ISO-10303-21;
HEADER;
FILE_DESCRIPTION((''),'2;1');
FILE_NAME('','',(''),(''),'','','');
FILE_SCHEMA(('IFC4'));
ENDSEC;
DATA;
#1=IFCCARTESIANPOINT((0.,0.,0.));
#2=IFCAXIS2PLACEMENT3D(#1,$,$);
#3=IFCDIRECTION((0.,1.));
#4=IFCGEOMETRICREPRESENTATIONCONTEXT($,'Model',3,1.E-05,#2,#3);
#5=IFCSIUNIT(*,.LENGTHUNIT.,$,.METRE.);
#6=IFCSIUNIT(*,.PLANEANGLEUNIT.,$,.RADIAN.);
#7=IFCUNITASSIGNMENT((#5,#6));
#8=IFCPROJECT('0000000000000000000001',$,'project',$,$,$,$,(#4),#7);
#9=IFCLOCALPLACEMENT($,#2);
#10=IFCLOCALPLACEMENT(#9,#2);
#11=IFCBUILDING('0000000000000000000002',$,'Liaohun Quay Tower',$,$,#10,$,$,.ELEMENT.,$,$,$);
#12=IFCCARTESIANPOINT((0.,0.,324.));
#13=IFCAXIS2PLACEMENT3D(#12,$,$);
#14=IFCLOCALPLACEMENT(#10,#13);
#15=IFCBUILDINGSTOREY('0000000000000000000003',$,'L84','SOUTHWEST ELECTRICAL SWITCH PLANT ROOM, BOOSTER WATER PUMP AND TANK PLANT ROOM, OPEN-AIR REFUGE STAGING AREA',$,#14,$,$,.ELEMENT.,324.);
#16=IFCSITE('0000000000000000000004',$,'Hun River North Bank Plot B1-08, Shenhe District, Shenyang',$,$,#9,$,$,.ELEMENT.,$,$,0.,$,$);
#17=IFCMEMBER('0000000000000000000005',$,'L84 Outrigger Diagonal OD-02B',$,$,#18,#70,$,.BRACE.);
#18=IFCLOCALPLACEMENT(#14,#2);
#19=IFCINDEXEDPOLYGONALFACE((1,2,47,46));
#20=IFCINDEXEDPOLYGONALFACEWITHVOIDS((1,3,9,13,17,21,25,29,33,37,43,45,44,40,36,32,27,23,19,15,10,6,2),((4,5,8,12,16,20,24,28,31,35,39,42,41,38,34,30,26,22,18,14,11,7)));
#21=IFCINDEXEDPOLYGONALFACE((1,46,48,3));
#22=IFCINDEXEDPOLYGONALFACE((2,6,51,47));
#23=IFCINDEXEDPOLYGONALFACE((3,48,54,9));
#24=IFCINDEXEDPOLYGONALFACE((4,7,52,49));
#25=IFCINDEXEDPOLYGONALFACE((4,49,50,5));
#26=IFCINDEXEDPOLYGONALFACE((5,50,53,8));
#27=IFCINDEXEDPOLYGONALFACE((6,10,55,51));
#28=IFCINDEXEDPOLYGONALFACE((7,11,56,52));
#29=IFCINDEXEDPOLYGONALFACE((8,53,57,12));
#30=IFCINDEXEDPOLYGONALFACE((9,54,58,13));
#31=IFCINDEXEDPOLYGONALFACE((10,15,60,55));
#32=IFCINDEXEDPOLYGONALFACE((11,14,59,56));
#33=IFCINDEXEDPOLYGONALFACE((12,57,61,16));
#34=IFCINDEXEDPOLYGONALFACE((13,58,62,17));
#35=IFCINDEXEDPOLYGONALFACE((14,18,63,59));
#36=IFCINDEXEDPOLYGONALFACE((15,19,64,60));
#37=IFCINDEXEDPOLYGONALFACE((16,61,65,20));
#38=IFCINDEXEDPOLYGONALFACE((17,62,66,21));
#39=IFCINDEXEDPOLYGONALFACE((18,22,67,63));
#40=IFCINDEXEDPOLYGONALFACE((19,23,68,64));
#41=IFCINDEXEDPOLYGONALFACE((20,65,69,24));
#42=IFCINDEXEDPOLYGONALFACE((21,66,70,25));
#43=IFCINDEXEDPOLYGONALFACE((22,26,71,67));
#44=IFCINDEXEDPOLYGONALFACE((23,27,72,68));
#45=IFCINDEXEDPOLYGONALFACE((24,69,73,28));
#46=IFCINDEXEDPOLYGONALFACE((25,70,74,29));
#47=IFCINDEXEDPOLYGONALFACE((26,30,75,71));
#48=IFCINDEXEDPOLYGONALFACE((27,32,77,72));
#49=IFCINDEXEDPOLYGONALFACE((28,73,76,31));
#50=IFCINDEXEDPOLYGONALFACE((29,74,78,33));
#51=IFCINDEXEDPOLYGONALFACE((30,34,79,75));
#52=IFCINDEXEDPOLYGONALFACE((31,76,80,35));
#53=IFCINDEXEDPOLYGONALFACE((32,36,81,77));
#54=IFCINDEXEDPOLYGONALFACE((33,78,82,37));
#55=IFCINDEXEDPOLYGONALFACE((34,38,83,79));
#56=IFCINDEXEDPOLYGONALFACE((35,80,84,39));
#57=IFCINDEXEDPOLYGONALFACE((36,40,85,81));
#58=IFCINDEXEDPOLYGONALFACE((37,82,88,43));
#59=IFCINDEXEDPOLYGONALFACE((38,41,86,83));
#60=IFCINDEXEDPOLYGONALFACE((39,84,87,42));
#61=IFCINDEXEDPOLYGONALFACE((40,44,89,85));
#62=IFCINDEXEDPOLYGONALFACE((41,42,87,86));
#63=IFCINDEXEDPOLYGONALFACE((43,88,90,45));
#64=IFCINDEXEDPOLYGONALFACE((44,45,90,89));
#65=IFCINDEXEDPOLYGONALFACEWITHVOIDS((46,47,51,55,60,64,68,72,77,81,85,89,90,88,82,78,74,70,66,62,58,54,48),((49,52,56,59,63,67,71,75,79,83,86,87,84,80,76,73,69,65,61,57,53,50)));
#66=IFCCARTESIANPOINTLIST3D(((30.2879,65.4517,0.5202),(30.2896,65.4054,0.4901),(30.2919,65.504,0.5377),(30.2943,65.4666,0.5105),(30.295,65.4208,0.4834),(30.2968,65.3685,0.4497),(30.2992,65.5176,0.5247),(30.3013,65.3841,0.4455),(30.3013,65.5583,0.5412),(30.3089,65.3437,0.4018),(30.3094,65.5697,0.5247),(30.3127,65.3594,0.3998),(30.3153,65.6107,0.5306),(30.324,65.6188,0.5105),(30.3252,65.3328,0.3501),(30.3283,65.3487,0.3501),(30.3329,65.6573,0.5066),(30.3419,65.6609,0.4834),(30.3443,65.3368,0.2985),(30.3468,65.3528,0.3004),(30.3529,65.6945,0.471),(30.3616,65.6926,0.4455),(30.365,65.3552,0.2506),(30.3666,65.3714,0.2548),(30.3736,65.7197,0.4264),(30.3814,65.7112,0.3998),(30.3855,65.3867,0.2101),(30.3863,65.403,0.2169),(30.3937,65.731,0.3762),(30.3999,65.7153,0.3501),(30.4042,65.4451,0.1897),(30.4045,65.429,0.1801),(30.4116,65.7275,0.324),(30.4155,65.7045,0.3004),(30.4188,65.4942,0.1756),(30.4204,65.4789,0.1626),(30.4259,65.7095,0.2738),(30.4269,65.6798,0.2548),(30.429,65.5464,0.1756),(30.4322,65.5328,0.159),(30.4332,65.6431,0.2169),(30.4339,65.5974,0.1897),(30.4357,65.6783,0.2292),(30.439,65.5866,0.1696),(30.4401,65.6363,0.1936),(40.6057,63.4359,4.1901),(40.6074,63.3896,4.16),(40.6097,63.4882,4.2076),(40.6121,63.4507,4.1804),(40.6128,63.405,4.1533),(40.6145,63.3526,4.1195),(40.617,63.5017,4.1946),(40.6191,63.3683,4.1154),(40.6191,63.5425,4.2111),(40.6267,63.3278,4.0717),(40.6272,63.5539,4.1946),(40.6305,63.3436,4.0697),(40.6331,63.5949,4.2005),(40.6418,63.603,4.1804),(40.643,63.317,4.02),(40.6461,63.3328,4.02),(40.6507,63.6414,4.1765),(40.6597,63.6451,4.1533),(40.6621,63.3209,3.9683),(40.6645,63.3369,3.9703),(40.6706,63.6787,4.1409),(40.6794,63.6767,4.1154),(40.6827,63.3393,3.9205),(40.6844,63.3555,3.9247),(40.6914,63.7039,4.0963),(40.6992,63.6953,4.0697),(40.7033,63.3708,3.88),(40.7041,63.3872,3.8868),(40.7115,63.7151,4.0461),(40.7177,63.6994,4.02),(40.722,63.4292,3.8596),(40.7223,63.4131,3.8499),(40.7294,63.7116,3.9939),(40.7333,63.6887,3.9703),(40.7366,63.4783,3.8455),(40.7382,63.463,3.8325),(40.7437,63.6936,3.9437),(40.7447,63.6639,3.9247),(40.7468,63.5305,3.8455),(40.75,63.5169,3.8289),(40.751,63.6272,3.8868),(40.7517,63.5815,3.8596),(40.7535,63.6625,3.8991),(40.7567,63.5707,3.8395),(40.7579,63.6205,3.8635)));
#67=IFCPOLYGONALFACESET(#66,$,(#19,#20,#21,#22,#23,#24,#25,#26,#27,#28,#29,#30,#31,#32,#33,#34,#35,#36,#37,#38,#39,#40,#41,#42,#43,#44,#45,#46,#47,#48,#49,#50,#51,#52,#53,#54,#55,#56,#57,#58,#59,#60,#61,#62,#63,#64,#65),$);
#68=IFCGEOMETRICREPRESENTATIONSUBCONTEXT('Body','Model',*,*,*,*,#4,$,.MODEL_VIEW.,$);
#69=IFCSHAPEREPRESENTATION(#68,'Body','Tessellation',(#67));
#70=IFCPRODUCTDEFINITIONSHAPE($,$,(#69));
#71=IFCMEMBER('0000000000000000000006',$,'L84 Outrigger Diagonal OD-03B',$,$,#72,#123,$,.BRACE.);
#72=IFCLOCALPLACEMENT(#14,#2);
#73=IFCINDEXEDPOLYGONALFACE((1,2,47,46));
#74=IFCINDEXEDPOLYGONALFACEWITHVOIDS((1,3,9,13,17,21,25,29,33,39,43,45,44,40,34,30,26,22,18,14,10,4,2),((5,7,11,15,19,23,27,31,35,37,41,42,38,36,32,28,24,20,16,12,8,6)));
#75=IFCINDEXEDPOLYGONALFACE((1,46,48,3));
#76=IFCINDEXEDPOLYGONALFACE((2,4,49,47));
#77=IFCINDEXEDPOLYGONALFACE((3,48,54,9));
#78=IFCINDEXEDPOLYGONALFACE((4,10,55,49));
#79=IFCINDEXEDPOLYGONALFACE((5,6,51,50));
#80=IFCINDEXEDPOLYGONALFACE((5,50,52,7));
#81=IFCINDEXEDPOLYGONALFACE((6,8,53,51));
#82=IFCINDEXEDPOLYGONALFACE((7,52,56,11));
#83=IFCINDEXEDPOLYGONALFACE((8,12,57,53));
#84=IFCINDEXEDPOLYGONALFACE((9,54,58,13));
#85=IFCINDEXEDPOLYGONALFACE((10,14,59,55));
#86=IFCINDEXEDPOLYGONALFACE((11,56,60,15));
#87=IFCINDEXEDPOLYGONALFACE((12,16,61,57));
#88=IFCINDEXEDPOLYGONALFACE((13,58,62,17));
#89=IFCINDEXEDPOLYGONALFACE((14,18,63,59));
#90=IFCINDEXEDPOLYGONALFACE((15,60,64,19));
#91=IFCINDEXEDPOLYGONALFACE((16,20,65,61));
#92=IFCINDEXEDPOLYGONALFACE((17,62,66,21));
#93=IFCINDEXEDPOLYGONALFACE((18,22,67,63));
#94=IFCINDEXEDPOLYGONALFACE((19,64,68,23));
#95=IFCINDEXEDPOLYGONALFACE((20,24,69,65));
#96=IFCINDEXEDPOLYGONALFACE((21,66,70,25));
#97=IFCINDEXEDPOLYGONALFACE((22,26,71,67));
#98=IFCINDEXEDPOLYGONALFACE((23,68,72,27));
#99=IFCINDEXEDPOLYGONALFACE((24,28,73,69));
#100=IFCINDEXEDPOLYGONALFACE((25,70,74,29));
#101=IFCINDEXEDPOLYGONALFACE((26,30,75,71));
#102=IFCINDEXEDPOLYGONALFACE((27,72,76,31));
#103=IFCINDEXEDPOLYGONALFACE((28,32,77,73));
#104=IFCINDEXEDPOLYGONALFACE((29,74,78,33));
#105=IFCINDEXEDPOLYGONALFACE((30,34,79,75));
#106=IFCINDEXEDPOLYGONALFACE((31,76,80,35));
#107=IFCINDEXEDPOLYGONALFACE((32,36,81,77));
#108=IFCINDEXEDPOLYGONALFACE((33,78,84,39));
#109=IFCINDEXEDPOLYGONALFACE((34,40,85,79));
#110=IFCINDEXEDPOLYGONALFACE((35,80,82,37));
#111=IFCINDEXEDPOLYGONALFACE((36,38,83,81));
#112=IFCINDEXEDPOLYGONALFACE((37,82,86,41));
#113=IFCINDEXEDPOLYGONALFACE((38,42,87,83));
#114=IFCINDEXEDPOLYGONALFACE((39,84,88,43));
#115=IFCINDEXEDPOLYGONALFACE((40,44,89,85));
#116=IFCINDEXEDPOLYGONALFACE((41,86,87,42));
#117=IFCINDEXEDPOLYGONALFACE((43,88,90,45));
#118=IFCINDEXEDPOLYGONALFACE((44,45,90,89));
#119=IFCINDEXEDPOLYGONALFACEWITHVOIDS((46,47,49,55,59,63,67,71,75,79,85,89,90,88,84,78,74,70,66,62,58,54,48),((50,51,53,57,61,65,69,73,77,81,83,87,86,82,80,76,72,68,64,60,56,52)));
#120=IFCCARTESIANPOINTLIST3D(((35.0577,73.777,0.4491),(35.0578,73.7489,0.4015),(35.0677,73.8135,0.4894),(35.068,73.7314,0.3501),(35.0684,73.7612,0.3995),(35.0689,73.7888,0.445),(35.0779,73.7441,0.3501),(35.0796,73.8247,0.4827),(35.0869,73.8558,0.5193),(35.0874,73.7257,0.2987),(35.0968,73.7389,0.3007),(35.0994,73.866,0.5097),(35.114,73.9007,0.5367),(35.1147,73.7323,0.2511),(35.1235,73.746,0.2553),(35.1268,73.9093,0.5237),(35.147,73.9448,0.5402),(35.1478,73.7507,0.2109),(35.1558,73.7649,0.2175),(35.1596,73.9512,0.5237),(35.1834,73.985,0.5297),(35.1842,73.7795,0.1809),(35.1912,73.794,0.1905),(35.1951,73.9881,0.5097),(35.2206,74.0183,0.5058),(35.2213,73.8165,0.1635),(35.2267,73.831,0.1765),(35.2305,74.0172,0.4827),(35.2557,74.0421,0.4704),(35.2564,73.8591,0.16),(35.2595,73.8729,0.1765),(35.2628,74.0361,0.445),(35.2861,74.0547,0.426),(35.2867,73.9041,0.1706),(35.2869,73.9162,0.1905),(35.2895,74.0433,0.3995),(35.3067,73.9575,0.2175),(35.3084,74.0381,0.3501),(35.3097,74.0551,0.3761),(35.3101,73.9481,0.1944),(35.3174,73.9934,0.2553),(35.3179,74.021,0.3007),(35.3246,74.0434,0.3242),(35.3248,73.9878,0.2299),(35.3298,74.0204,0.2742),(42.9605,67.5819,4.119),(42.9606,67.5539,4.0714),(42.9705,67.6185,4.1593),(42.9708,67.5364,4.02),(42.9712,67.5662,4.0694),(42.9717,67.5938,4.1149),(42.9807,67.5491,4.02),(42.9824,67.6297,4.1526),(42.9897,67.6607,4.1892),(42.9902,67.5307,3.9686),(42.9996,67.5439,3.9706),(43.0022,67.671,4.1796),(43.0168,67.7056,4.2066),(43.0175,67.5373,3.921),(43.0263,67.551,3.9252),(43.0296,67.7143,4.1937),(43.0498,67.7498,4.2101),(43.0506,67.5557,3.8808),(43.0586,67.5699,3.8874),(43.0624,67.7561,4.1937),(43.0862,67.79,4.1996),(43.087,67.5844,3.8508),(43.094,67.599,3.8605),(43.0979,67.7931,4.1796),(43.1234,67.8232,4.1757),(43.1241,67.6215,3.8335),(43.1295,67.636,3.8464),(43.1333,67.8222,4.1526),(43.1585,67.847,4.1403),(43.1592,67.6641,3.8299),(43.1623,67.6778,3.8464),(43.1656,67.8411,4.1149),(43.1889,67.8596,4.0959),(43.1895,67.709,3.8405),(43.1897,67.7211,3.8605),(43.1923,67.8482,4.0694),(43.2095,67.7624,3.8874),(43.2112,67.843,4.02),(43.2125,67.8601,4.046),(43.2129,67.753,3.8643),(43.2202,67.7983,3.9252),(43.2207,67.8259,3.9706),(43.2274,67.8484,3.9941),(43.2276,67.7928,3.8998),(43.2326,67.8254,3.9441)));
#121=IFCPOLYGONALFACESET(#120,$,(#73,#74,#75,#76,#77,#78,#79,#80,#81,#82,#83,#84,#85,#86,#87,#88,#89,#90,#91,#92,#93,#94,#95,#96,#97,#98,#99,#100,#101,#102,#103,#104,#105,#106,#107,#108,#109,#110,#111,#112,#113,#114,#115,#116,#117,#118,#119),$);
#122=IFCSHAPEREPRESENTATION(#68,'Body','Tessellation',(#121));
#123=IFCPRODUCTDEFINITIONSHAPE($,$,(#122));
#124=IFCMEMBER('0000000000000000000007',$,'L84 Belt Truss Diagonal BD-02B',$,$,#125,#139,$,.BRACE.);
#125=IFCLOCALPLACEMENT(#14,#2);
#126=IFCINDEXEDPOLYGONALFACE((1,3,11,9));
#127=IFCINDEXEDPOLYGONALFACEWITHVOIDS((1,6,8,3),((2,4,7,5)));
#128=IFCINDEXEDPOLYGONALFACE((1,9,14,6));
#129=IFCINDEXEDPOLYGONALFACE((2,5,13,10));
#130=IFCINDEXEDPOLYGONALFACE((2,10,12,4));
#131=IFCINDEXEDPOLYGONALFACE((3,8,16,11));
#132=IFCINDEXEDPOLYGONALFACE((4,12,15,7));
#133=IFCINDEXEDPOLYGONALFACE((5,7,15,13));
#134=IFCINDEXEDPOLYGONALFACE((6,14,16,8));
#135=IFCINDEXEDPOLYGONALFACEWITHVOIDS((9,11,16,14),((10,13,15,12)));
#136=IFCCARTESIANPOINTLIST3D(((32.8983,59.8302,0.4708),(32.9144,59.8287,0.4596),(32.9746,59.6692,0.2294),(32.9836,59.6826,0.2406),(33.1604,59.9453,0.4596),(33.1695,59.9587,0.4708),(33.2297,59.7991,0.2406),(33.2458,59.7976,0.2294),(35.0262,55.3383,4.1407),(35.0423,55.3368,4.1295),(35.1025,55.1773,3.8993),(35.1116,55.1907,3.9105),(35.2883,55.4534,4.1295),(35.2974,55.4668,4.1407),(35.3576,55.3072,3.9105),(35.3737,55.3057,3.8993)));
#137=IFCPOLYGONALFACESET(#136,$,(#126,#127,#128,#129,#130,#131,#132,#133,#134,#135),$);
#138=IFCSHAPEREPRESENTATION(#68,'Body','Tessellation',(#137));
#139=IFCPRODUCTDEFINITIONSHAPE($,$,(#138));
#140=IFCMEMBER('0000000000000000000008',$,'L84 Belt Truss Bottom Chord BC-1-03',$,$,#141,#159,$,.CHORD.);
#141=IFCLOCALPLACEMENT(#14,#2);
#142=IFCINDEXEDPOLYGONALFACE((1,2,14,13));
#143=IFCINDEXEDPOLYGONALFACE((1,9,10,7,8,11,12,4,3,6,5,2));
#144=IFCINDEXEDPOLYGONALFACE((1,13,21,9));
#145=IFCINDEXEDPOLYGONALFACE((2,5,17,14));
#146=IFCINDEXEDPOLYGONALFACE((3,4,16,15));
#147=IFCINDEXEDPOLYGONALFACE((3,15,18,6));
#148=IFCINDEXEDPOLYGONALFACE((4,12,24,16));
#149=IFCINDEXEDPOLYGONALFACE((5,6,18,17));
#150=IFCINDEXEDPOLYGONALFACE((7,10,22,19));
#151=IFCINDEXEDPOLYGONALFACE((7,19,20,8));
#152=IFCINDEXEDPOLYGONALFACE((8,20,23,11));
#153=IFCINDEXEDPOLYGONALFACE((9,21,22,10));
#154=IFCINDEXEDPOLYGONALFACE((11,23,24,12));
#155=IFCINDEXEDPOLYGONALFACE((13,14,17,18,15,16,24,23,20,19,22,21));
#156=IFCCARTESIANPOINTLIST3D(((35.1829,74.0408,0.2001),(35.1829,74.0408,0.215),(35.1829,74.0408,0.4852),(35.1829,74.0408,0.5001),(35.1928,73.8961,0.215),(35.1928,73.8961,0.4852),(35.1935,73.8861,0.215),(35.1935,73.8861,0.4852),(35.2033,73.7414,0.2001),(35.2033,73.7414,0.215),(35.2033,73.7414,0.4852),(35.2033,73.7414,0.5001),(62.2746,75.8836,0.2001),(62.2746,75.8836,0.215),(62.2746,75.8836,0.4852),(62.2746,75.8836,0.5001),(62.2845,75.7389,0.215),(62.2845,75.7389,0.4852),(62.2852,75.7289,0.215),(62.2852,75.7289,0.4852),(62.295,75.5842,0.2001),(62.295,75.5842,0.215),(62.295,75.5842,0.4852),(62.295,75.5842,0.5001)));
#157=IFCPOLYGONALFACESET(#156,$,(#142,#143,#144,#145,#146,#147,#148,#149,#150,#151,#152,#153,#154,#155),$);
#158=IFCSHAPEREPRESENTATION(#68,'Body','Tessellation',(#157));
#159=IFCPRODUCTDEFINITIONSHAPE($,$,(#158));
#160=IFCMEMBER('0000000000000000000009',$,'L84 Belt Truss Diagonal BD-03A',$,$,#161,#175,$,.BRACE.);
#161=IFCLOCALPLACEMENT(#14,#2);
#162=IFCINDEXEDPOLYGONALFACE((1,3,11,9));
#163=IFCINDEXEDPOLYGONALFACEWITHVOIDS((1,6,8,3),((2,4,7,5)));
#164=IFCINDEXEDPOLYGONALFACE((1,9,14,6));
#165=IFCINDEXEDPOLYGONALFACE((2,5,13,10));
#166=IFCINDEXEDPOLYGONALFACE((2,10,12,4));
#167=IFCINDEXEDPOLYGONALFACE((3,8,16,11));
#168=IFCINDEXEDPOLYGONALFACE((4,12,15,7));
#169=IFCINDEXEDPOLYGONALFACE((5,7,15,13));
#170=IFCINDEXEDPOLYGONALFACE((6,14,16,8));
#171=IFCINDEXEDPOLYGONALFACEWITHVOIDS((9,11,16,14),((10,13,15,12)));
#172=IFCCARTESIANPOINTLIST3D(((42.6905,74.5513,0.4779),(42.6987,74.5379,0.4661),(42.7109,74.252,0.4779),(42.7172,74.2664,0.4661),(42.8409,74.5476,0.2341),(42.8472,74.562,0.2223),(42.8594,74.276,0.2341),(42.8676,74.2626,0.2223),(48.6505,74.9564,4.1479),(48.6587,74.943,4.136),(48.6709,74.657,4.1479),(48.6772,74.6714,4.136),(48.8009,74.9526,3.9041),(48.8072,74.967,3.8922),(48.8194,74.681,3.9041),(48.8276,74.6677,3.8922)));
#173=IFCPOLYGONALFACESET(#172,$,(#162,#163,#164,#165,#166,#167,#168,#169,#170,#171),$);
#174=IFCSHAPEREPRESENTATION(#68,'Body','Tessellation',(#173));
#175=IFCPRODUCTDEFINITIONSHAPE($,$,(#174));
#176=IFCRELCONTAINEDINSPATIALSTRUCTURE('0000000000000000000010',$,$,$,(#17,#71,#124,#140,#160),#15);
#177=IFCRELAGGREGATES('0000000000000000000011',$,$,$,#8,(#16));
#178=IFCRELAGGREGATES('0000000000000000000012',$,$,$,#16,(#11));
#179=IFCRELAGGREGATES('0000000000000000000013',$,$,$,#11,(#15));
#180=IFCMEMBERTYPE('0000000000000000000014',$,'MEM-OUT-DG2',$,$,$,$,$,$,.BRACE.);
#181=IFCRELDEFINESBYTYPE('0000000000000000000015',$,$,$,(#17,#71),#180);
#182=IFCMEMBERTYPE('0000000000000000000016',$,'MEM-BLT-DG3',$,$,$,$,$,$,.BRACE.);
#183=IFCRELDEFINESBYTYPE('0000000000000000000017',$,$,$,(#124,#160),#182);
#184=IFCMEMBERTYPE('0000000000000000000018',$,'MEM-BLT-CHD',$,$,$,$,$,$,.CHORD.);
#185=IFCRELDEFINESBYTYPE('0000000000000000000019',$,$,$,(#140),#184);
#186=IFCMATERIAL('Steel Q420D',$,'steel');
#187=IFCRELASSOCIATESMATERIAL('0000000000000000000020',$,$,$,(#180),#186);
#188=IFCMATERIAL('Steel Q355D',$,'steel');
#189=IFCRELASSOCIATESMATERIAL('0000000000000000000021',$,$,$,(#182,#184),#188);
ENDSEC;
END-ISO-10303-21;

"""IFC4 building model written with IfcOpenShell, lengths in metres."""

from ifc_helpers import new_model, si_unit, direction, frame, origin, origin_2d, place, context, subcontext, project, spatial, hollow_rectangle, hollow_circle, i_section, extrude, source, transform, mapped, material, material_profile, profile_set, type_object, element, save


model = new_model("IFC4")

# Units and contexts
model_context = context("Model", 3, precision=1e-05, world=origin(), true_north=direction((0.0, 1.0)))
body_context = subcontext(model_context, "Body", "Model", "MODEL_VIEW")
ifc_project = project(units=[si_unit("LENGTHUNIT", "METRE"), si_unit("PLANEANGLEUNIT", "RADIAN")], contexts=[model_context])

# Site, building, storey
site_placement = place(None, origin())
site = spatial("IfcSite", under=ifc_project, at=site_placement, Name="Hun River North Bank Plot B1-08, Shenhe District, Shenyang", CompositionType="ELEMENT", RefElevation=0.0)
building_placement = place(site_placement, origin())
building = spatial("IfcBuilding", under=site, at=building_placement, Name="Liaohun Quay Tower", CompositionType="ELEMENT")
storey_placement = place(building_placement, frame((0.0, 0.0, 324.0)))
storey = spatial("IfcBuildingStorey", under=building, at=storey_placement, Name="L84", Description="SOUTHWEST ELECTRICAL SWITCH PLANT ROOM, BOOSTER WATER PUMP AND TANK PLANT ROOM, OPEN-AIR REFUGE STAGING AREA", CompositionType="ELEMENT", Elevation=324.0)

# Shared definitions
ifc_material_1 = material(Name="Steel Q355D", Category="steel")

# Members
ifc_material_2 = material(Name="Steel Q420D", Category="steel")
ifc_material_profile_1 = material_profile(ifc_material_2, hollow_circle(Radius=0.2029, WallThickness=0.0161, at=origin_2d()), Name="CHS406x16")
ifc_profile_set_1 = profile_set([ifc_material_profile_1], Name="Steel Q420D")
member_type_1 = type_object("IfcMemberType", Name="MEM-OUT-DG2", PredefinedType="BRACE", material=ifc_profile_set_1)
shared_shape_1 = source(origin(), body_context, "Body", "SweptSolid", [
    extrude(hollow_circle(Radius=0.2029, WallThickness=0.0161, at=origin_2d()), origin(), (0.0, 0.0, 1.0), 11.135),
])
member_1_placement = place(storey_placement, frame((40.6819, 63.5161, 4.02), z_axis=(-0.926608, 0.181037, -0.329581), x_axis=(-0.191751, -0.981444, 0.0)))
element("IfcMember", 1, at=member_1_placement, inside=storey, type_object=member_type_1, Name="L84 Outrigger Diagonal OD-02B", PredefinedType="BRACE", context=body_context, shape_type="MappedRepresentation", body=[
    mapped(shared_shape_1, transform((0.0, 0.0, 0.0), x_axis=(1.0, 0.0, 0.0), y_axis=(0.0, 1.0, 0.0), z_axis=(0.0, 0.0, 1.0), scale=1.0)),
])
shared_shape_2 = source(origin(), body_context, "Body", "SweptSolid", [
    extrude(hollow_circle(Radius=0.2029, WallThickness=0.0161, at=origin_2d()), origin(), (0.0, 0.0, 1.0), 10.6912),
])
member_2_placement = place(storey_placement, frame((43.0959, 67.696, 4.02), z_axis=(-0.73919, 0.579454, -0.343265), x_axis=(-0.616941, -0.78701, 0.0)))
element("IfcMember", 2, at=member_2_placement, inside=storey, type_object=member_type_1, Name="L84 Outrigger Diagonal OD-03B", PredefinedType="BRACE", context=body_context, shape_type="MappedRepresentation", body=[
    mapped(shared_shape_2, transform((0.0, 0.0, 0.0), x_axis=(1.0, 0.0, 0.0), y_axis=(0.0, 1.0, 0.0), z_axis=(0.0, 0.0, 1.0), scale=1.0)),
])
ifc_material_profile_2 = material_profile(ifc_material_1, hollow_rectangle(XDim=0.3, YDim=0.3, WallThickness=0.0139, at=origin_2d()), Name="SHS300x300x14")
ifc_profile_set_2 = profile_set([ifc_material_profile_2], Name="Steel Q355D")
member_type_2 = type_object("IfcMemberType", Name="MEM-BLT-DG3", PredefinedType="BRACE", material=ifc_profile_set_2)
shared_shape_3 = source(origin(), body_context, "Body", "SweptSolid", [
    extrude(hollow_rectangle(XDim=0.3, YDim=0.3, WallThickness=0.0139, at=origin_2d()), origin(), (0.0, 0.0, 1.0), 6.1785),
])
member_3_placement = place(storey_placement, frame((35.2, 55.322, 4.02), z_axis=(-0.344408, 0.727027, -0.593982), x_axis=(-0.903725, -0.428114, 0.0)))
element("IfcMember", 3, at=member_3_placement, inside=storey, type_object=member_type_2, Name="L84 Belt Truss Diagonal BD-02B", PredefinedType="BRACE", context=body_context, shape_type="MappedRepresentation", body=[
    mapped(shared_shape_3, transform((0.0, 0.0, 0.0), x_axis=(1.0, 0.0, 0.0), y_axis=(0.0, 1.0, 0.0), z_axis=(0.0, 0.0, 1.0), scale=1.0)),
])
ifc_material_profile_3 = material_profile(ifc_material_1, i_section(OverallWidth=0.3, OverallDepth=0.3, WebThickness=0.01, FlangeThickness=0.0149, at=origin_2d()), Name="HW300x300x10x15")
ifc_profile_set_3 = profile_set([ifc_material_profile_3], Name="Steel Q355D")
member_type_3 = type_object("IfcMemberType", Name="MEM-BLT-CHD", PredefinedType="CHORD", material=ifc_profile_set_3)
shared_shape_4 = source(origin(), body_context, "Body", "SweptSolid", [
    extrude(i_section(OverallWidth=0.3, OverallDepth=0.3, WebThickness=0.01, FlangeThickness=0.0149, at=origin_2d()), origin(), (0.0, 0.0, 1.0), 27.1543),
])
member_4_placement = place(storey_placement, frame((35.1931, 73.8911, 0.3501), z_axis=(0.997695, 0.067863, 0.0), x_axis=(-0.067863, 0.997695, 0.0)))
element("IfcMember", 4, at=member_4_placement, inside=storey, type_object=member_type_3, Name="L84 Belt Truss Bottom Chord BC-1-03", PredefinedType="CHORD", context=body_context, shape_type="MappedRepresentation", body=[
    mapped(shared_shape_4, transform((0.0, 0.0, 0.0), x_axis=(1.0, 0.0, 0.0), y_axis=(0.0, 1.0, 0.0), z_axis=(0.0, 0.0, 1.0), scale=1.0)),
])
shared_shape_5 = source(origin(), body_context, "Body", "SweptSolid", [
    extrude(hollow_rectangle(XDim=0.3, YDim=0.3, WallThickness=0.0139, at=origin_2d()), origin(), (0.0, 0.0, 1.0), 7.011),
])
for number, where, z_axis, x_axis, name in (
    (5, (42.7791, 74.407, 0.3501), (0.850092, 0.057771, 0.523455), (-0.067802, 0.997699, 0.0), "L84 Belt Truss Diagonal BD-03A"),
):
    element("IfcMember", number, at=place(storey_placement, frame(where, z_axis=z_axis, x_axis=x_axis)), inside=storey, type_object=member_type_2, Name=name, PredefinedType="BRACE", context=body_context, shape_type="MappedRepresentation", body=[
        mapped(shared_shape_5, transform((0.0, 0.0, 0.0), x_axis=(1.0, 0.0, 0.0), y_axis=(0.0, 1.0, 0.0), z_axis=(0.0, 0.0, 1.0), scale=1.0)),
    ])

save(model, "model.ifc")
